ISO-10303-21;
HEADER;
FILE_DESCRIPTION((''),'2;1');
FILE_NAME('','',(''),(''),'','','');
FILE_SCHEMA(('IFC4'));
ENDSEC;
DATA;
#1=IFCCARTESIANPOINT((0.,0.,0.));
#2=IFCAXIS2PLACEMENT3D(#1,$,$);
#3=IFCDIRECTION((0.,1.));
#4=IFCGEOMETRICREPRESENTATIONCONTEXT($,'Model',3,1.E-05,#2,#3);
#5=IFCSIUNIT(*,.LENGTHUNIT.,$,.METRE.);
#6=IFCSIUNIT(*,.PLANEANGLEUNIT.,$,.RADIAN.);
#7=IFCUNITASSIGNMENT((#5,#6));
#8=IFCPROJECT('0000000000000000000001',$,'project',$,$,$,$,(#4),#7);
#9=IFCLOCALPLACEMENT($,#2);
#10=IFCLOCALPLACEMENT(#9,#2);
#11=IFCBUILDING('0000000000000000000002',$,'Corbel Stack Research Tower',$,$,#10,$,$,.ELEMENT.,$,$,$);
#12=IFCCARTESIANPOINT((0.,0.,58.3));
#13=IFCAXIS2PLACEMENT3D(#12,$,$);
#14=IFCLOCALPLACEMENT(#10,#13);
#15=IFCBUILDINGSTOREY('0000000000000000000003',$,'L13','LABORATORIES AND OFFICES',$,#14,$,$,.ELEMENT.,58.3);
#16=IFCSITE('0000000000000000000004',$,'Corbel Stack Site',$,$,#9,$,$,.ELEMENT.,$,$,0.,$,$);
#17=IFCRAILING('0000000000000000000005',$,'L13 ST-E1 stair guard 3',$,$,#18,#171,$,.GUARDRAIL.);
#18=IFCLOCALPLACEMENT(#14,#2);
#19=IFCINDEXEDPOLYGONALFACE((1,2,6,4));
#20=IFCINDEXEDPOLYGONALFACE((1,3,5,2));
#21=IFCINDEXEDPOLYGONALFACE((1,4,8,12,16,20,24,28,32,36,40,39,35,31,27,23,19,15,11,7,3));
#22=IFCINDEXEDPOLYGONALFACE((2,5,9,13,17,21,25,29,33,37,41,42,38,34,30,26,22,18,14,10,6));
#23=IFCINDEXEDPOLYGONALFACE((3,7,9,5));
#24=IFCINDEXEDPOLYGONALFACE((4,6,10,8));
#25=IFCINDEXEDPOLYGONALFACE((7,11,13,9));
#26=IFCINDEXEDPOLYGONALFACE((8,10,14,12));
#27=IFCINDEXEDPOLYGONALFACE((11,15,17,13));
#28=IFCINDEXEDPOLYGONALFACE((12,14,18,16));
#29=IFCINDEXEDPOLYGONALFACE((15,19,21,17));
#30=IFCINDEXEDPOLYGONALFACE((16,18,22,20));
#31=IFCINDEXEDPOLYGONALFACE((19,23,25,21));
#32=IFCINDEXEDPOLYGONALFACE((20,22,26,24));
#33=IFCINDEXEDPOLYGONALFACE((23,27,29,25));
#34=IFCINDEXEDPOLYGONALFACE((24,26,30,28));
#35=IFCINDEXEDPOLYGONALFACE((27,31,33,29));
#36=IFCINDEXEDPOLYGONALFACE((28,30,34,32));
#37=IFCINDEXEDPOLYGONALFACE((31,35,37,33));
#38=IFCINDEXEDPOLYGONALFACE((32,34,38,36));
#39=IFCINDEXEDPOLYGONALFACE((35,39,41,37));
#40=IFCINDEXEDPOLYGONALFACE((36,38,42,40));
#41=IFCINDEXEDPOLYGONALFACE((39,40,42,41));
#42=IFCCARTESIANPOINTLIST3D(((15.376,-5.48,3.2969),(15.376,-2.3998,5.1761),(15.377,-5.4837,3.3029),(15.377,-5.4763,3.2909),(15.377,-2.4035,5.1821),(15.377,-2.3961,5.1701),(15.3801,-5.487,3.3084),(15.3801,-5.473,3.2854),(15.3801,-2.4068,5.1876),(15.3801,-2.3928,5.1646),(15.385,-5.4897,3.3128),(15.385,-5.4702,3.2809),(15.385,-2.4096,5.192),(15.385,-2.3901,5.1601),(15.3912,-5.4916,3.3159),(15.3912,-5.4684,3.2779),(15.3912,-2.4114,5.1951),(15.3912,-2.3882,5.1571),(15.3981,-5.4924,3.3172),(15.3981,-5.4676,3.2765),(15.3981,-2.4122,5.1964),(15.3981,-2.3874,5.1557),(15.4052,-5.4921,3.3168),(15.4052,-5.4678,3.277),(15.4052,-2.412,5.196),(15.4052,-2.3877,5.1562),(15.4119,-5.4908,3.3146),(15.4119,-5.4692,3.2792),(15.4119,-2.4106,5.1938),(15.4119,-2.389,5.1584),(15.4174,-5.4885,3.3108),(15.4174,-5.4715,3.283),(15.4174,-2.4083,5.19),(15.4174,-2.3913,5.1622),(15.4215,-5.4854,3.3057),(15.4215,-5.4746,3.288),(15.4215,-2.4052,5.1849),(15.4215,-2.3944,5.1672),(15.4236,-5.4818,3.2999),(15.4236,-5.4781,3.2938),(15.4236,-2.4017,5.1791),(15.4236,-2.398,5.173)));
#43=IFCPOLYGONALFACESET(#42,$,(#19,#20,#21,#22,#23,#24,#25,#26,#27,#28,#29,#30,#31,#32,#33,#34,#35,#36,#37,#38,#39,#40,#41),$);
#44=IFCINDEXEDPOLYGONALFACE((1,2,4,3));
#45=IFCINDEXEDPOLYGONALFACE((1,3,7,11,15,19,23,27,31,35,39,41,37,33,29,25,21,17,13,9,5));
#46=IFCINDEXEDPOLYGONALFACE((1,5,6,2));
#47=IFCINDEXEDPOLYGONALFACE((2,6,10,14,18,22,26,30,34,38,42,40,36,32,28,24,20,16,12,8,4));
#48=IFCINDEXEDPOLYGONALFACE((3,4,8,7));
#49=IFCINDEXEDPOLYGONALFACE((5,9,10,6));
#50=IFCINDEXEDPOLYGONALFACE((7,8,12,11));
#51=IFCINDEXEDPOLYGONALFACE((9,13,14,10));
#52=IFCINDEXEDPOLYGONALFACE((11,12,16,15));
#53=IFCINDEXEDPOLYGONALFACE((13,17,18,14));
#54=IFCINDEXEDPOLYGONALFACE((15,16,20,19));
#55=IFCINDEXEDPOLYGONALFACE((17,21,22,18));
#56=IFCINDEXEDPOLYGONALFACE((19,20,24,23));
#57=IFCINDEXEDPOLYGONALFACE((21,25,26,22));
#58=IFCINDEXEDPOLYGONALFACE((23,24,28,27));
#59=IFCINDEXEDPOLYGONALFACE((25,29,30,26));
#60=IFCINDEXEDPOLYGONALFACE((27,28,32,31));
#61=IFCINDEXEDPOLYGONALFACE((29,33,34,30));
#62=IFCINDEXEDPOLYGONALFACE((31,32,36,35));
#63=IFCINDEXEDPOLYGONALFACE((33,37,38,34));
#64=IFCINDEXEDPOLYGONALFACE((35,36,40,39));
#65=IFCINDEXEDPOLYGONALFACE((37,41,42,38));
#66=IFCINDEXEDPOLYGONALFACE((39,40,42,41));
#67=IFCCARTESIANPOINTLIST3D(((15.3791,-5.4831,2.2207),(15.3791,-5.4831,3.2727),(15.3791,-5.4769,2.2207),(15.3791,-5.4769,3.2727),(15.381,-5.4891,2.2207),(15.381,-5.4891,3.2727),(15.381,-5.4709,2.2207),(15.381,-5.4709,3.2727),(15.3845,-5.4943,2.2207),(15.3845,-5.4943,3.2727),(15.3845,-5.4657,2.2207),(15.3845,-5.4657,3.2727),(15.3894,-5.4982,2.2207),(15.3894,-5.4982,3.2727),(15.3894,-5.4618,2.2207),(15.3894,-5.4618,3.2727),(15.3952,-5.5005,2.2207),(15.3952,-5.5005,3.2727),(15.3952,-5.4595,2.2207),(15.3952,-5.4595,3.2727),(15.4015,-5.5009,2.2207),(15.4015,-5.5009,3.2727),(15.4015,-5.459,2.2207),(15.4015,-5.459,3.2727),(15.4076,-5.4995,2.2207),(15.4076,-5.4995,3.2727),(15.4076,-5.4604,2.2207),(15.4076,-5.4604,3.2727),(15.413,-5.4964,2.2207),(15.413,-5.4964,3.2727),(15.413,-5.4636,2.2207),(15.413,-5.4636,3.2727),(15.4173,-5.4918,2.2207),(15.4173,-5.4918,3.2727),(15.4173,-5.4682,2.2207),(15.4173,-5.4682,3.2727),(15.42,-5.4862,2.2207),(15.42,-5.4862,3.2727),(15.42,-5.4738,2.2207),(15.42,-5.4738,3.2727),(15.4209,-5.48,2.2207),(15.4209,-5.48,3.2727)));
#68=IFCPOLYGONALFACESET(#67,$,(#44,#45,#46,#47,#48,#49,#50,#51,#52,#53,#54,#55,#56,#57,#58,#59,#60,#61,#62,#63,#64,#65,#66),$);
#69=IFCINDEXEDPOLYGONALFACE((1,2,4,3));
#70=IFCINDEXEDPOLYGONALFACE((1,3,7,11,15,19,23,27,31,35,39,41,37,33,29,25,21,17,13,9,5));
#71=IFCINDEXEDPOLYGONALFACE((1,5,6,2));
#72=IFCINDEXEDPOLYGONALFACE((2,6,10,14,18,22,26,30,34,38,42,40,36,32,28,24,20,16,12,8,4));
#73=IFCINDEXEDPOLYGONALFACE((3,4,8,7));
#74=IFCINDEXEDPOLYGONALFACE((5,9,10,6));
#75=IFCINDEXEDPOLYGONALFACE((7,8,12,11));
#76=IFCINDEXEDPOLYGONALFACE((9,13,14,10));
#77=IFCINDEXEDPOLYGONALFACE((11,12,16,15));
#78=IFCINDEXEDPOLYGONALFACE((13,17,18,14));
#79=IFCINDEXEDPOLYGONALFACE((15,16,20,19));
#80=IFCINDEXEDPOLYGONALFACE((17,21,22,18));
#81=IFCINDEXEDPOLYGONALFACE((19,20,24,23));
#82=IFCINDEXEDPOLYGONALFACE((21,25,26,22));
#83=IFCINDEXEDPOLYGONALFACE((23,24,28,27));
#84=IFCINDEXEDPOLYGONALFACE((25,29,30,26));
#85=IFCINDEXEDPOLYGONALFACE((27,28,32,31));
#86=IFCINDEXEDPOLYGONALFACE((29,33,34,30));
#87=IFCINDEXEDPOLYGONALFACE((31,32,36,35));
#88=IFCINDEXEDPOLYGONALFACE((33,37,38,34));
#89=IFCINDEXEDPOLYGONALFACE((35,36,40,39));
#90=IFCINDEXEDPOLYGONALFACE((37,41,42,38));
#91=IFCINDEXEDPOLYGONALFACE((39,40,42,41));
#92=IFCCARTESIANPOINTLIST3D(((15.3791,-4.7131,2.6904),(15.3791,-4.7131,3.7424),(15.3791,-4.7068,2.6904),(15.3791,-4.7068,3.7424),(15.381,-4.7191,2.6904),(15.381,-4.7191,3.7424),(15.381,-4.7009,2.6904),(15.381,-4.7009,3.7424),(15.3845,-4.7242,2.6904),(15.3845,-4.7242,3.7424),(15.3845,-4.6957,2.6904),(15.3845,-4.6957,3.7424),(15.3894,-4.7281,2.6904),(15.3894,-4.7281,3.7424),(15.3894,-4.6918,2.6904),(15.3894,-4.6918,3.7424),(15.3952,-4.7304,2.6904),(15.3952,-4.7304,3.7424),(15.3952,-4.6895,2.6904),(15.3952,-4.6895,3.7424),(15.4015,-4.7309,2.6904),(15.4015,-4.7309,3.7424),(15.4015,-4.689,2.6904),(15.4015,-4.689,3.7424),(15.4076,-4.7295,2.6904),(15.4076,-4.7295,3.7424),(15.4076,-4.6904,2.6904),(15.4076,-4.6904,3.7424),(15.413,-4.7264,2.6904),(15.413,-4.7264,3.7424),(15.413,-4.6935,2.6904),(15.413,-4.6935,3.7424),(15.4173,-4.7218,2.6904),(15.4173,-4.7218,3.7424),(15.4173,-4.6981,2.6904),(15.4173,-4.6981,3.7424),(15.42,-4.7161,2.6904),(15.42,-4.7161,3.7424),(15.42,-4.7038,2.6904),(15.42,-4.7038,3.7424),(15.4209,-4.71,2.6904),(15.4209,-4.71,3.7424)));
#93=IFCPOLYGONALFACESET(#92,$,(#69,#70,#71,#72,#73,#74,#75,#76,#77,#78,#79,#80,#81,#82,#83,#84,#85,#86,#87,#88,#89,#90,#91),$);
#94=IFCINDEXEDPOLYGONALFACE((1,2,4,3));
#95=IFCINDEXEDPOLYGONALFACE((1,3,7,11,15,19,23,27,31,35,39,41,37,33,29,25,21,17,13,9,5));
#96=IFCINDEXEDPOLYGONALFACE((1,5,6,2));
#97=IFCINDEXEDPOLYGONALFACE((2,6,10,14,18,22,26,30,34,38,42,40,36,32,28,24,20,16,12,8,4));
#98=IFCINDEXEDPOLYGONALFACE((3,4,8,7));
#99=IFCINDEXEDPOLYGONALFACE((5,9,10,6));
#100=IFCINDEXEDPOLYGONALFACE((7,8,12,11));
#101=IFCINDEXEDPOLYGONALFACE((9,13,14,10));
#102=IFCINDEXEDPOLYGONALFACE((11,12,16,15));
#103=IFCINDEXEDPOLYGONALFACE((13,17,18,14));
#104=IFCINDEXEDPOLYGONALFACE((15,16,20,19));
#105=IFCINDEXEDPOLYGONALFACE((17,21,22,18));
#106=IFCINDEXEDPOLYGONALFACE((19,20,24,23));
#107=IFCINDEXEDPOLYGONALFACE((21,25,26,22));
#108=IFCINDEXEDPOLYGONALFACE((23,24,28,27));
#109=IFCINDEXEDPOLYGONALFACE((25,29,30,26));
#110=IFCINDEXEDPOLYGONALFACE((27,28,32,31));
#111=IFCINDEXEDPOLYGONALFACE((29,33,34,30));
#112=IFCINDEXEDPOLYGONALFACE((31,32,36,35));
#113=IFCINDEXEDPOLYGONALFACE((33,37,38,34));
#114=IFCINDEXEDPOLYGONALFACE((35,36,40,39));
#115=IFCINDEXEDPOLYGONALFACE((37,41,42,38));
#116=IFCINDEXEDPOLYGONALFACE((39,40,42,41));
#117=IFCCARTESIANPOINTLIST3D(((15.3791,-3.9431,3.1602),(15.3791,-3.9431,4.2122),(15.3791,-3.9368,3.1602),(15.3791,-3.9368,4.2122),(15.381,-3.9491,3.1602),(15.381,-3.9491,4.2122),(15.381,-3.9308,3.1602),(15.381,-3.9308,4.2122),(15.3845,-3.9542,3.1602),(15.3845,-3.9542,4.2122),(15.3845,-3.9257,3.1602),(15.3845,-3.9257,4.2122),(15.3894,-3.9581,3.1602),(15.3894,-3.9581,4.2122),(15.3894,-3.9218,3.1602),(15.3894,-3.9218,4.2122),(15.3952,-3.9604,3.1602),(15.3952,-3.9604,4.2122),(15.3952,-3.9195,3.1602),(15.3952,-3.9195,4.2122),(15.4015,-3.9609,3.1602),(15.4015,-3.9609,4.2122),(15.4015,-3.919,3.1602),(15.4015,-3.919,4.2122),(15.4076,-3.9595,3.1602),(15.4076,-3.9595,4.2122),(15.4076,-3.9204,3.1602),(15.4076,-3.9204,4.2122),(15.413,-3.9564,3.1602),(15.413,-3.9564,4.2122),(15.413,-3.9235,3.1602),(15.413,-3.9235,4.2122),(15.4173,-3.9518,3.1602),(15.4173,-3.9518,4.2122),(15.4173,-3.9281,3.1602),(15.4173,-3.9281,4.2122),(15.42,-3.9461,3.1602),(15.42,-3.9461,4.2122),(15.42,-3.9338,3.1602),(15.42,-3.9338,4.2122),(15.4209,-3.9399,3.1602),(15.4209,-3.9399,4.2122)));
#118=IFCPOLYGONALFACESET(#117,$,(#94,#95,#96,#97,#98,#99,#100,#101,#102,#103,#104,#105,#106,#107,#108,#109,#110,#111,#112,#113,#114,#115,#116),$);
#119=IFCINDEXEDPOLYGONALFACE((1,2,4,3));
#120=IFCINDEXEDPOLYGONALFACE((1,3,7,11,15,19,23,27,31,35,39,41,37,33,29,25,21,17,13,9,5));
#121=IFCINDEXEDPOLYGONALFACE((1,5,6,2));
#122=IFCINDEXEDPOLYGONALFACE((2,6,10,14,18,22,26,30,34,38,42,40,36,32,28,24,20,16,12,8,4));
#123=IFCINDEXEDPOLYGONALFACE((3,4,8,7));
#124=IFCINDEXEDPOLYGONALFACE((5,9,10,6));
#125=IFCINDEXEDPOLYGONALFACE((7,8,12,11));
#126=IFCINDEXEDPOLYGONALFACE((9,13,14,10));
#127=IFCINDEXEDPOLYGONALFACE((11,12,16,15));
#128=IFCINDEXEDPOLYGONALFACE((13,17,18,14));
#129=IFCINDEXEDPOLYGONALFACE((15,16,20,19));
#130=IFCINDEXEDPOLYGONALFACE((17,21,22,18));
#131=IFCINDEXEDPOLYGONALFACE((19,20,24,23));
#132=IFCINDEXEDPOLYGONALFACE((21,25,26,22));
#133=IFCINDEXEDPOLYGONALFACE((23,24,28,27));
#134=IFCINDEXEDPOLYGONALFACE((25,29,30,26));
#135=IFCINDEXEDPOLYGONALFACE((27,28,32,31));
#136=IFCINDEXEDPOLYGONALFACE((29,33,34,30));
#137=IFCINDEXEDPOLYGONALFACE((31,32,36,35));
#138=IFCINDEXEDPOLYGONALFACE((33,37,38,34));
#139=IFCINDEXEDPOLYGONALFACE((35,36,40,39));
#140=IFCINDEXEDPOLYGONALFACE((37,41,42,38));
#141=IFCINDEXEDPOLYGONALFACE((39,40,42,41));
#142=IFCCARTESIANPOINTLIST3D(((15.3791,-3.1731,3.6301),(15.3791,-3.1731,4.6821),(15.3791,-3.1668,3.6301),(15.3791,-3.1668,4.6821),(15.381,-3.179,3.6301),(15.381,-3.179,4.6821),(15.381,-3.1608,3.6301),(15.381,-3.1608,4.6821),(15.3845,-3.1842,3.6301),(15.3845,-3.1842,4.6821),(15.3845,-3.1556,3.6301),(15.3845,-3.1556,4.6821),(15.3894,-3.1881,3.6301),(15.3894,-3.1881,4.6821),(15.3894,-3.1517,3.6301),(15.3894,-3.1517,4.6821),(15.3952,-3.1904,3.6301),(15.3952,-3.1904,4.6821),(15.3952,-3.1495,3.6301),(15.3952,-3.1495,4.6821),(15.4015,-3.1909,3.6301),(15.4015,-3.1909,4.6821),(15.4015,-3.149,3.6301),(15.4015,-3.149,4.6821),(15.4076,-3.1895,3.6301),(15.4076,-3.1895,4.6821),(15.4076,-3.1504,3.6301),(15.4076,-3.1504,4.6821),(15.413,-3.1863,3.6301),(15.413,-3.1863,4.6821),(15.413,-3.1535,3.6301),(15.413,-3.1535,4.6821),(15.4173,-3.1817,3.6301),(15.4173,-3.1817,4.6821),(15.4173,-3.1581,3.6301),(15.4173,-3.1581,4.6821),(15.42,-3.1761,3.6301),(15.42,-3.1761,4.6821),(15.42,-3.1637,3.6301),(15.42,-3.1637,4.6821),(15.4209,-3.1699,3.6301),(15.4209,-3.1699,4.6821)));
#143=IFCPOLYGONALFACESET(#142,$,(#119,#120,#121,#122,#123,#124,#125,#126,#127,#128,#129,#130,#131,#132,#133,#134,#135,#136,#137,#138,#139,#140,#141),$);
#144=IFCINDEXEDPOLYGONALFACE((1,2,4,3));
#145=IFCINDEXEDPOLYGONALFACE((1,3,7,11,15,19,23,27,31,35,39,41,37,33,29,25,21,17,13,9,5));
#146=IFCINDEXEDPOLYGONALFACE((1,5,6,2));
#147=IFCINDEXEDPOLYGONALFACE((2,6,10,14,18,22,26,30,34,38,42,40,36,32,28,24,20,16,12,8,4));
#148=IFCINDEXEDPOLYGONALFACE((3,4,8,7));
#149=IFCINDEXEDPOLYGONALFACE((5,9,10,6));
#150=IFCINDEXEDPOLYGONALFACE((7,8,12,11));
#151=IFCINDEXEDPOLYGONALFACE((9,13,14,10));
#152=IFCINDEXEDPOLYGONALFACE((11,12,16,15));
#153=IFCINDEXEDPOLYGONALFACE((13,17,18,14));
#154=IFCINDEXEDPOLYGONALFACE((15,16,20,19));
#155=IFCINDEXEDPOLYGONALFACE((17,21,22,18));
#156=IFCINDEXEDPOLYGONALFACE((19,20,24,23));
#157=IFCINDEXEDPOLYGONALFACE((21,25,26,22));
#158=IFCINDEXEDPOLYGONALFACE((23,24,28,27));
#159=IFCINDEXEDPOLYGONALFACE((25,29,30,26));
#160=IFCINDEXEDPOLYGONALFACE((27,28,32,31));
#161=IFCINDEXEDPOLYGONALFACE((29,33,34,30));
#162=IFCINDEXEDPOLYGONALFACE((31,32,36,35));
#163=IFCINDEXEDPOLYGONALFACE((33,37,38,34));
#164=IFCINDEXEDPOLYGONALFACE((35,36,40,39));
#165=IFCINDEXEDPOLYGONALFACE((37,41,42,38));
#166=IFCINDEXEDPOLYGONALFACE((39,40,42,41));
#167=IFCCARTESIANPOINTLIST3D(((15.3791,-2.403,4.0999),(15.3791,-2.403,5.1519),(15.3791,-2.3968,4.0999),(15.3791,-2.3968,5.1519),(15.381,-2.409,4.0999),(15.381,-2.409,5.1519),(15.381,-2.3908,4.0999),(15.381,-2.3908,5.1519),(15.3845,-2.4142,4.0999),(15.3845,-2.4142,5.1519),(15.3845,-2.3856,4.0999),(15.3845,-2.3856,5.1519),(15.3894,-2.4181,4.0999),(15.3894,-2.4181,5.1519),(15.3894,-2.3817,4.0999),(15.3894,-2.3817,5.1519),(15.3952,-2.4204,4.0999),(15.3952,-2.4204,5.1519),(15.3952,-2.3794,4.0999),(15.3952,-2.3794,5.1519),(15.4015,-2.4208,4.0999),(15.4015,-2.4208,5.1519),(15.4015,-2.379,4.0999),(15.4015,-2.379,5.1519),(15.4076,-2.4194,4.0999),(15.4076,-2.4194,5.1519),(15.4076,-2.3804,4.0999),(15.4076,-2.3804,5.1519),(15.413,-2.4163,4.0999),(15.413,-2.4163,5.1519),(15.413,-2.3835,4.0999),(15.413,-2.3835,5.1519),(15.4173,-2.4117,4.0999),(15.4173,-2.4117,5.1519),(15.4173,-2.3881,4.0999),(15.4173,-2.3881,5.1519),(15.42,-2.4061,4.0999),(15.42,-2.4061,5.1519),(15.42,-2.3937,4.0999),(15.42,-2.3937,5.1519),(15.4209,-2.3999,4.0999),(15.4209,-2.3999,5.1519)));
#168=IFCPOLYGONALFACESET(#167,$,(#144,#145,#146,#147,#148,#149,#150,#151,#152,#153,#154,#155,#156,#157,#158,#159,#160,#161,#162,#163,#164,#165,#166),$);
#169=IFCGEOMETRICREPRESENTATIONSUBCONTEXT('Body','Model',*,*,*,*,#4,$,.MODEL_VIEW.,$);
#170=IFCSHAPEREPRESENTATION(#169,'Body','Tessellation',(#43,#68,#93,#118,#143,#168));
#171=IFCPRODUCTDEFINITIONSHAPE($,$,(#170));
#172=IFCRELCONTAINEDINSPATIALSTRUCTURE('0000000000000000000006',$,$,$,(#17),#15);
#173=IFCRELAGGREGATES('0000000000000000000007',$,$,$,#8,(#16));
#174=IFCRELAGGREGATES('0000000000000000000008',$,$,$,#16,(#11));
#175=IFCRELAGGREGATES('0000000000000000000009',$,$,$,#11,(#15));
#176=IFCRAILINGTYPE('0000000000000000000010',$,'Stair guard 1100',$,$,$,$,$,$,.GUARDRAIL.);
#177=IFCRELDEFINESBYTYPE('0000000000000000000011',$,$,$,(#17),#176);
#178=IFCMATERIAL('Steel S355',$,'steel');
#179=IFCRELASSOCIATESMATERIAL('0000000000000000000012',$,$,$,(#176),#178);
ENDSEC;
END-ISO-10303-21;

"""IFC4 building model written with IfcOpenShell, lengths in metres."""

from ifc_helpers import new_model, si_unit, direction, frame, origin, origin_2d, place, context, subcontext, project, spatial, circle, extrude, material, type_object, element, save


model = new_model("IFC4")

# Units and contexts
model_context = context("Model", 3, precision=1e-05, world=origin(), true_north=direction((0.0, 1.0)))
body_context = subcontext(model_context, "Body", "Model", "MODEL_VIEW")
ifc_project = project(units=[si_unit("LENGTHUNIT", "METRE"), si_unit("PLANEANGLEUNIT", "RADIAN")], contexts=[model_context])

# Site, building, storey
site_placement = place(None, origin())
site = spatial("IfcSite", under=ifc_project, at=site_placement, Name="Corbel Stack Site", CompositionType="ELEMENT", RefElevation=0.0)
building_placement = place(site_placement, origin())
building = spatial("IfcBuilding", under=site, at=building_placement, Name="Corbel Stack Research Tower", CompositionType="ELEMENT")
storey_placement = place(building_placement, frame((0.0, 0.0, 58.3)))
storey = spatial("IfcBuildingStorey", under=building, at=storey_placement, Name="L13", Description="LABORATORIES AND OFFICES", CompositionType="ELEMENT", Elevation=58.3)

# Railing
ifc_material_1 = material(Name="Steel S355", Category="steel")
railing_type_1 = type_object("IfcRailingType", Name="Stair guard 1100", PredefinedType="GUARDRAIL", material=ifc_material_1)
railing_1_placement = place(storey_placement, frame((15.3999, -5.48, 2.2207)))
element("IfcRailing", 1, at=railing_1_placement, inside=storey, type_object=railing_type_1, Name="L13 ST-E1 stair guard 3", PredefinedType="GUARDRAIL", context=body_context, shape_type="SweptSolid", body=[
    extrude(circle(Radius=0.0239, at=origin_2d()), frame((0.0, 0.0, 1.0762), z_axis=(0.0, 0.853666, 0.52082), x_axis=(-1.0, 0.0, 0.0)), (0.0, 0.0, 1.0), 3.6082),
    extrude(circle(Radius=0.021, at=origin_2d()), origin(), (0.0, 0.0, 1.0), 1.052),
    extrude(circle(Radius=0.021, at=origin_2d()), frame((0.0, 0.77, 0.4697)), (0.0, 0.0, 1.0), 1.052),
    extrude(circle(Radius=0.021, at=origin_2d()), frame((0.0, 1.54, 0.9395)), (0.0, 0.0, 1.0), 1.052),
    extrude(circle(Radius=0.021, at=origin_2d()), frame((0.0, 2.3101, 1.4094)), (0.0, 0.0, 1.0), 1.052),
    extrude(circle(Radius=0.021, at=origin_2d()), frame((0.0, 3.0801, 1.8792)), (0.0, 0.0, 1.0), 1.052),
])

save(model, "model.ifc")
